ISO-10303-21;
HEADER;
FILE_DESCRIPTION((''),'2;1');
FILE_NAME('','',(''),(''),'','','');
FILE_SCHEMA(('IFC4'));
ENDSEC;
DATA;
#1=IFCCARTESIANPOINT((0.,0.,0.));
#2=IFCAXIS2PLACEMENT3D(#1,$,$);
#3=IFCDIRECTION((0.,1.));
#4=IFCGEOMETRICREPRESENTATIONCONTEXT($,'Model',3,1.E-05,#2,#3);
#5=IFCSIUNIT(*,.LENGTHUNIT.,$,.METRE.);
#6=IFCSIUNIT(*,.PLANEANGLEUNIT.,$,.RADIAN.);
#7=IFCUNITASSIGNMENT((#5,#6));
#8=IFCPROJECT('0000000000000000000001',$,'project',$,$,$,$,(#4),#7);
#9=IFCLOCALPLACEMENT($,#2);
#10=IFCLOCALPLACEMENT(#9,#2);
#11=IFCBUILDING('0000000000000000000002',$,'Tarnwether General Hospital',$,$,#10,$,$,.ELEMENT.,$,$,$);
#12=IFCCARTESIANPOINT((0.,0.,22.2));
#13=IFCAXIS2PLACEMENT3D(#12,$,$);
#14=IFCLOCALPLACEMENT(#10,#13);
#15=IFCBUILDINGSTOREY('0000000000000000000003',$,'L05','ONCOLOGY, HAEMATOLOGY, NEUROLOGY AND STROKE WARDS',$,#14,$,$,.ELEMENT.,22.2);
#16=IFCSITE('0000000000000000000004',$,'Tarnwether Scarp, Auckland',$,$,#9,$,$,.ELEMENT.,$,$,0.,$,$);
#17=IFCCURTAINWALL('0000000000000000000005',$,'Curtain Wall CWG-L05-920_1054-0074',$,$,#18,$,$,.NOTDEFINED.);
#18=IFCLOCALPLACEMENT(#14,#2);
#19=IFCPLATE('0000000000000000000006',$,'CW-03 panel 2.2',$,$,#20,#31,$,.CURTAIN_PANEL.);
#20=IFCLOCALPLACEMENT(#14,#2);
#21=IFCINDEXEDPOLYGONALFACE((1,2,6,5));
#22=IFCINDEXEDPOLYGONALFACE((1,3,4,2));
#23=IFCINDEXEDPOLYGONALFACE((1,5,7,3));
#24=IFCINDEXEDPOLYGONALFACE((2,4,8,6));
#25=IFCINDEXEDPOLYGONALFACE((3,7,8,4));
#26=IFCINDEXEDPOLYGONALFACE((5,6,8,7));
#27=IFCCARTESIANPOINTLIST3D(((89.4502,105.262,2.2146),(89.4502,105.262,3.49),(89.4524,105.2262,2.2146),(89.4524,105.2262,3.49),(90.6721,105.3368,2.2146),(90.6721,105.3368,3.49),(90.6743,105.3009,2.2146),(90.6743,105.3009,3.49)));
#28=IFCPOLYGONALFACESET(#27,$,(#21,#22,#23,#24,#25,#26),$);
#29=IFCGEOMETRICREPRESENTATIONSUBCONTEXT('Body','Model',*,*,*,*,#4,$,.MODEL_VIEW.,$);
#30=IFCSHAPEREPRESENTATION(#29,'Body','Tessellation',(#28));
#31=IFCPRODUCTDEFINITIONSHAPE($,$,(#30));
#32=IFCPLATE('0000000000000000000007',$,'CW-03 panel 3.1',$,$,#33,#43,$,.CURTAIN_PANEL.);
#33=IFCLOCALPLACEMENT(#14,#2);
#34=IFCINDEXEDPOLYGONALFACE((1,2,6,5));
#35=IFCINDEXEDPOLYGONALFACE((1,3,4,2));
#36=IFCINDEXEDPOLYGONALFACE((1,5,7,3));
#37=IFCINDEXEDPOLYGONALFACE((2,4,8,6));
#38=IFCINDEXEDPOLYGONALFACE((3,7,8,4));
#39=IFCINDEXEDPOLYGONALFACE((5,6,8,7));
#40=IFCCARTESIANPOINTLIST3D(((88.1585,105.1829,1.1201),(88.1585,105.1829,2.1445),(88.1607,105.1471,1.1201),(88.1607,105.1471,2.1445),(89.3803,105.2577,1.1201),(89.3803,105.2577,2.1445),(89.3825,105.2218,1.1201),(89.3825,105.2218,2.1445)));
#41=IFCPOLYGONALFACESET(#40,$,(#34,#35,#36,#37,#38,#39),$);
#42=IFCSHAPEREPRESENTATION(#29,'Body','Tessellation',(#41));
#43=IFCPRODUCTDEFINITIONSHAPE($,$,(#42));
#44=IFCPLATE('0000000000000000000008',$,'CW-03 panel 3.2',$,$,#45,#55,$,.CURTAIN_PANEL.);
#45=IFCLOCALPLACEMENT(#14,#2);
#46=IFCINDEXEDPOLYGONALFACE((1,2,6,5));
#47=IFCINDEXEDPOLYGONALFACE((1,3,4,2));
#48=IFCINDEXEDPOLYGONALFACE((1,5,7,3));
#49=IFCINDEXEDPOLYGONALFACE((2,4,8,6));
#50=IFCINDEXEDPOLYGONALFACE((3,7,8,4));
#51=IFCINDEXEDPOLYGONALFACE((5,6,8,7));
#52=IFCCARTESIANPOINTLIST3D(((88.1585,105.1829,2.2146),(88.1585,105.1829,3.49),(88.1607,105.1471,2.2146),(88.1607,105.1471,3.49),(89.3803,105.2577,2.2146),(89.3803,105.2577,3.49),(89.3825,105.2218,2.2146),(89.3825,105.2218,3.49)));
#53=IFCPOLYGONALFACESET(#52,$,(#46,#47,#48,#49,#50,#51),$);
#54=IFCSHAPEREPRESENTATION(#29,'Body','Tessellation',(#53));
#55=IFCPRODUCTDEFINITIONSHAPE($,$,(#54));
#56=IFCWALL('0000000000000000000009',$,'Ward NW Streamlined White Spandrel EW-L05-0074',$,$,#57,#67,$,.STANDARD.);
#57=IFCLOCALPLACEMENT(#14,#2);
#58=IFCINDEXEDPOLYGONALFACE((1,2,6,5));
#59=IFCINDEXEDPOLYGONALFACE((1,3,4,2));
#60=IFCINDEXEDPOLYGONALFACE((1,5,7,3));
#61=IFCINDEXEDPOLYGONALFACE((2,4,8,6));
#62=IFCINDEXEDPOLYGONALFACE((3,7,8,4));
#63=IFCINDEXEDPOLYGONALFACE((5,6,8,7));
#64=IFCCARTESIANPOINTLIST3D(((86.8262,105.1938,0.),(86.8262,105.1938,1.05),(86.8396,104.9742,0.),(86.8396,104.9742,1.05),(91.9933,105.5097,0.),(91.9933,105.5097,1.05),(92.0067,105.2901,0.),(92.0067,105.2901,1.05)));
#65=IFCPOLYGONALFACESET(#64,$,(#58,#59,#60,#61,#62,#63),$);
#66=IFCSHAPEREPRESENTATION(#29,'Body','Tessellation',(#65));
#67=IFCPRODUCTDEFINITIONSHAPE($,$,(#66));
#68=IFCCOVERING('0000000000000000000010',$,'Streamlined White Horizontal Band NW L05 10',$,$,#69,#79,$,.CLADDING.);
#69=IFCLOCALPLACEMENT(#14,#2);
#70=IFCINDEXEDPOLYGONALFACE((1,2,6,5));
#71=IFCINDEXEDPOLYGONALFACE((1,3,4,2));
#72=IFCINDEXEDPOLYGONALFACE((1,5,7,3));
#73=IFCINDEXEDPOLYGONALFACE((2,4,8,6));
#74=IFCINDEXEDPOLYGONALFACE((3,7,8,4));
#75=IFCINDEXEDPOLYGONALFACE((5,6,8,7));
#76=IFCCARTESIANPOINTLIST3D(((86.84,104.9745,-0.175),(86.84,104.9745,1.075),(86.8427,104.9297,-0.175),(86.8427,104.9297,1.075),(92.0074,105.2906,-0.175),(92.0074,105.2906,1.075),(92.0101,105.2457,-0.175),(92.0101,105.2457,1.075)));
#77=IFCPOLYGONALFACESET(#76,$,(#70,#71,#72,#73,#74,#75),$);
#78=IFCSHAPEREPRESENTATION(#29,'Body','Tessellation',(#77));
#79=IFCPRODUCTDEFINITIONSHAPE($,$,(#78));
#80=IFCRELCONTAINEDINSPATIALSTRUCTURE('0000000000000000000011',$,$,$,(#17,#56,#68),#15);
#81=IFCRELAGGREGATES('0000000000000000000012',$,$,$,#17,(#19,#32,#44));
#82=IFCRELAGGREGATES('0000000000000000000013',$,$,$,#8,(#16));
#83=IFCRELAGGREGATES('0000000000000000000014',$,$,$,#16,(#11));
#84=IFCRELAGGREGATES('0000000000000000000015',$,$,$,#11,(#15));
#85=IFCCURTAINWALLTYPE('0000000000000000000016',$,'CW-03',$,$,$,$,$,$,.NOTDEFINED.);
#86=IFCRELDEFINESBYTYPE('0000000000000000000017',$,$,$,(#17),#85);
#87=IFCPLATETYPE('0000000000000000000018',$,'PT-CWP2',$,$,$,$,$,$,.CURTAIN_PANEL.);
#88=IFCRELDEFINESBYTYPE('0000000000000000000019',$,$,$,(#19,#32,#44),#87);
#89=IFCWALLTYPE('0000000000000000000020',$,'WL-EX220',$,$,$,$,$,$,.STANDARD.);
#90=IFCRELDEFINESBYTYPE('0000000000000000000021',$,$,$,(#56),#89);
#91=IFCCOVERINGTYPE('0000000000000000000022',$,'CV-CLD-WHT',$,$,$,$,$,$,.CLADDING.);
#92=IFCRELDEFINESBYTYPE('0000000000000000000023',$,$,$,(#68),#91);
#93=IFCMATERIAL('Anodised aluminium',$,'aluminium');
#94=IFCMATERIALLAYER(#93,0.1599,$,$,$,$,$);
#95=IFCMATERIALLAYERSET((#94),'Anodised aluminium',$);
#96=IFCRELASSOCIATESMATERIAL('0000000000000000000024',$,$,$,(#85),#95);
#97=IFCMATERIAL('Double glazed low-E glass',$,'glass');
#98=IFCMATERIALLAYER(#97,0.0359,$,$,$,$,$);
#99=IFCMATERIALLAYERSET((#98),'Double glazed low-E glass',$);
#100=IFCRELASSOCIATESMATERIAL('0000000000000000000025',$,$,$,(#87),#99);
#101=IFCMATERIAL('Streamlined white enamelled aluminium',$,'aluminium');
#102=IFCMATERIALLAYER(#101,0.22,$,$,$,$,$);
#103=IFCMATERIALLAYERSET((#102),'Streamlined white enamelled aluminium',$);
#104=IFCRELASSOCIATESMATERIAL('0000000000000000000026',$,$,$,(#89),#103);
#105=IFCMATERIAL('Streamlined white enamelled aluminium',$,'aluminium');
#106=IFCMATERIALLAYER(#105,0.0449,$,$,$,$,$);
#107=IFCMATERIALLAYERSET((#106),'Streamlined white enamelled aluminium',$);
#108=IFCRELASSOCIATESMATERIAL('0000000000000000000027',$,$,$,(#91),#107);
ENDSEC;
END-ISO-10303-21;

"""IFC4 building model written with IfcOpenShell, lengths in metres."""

from ifc_helpers import new_model, si_unit, direction, frame, frame_2d, origin, origin_2d, place, context, subcontext, project, spatial, rectangle, extrude, material, layer, layer_set, type_object, element, aggregate, save


model = new_model("IFC4")

# Units and contexts
model_context = context("Model", 3, precision=1e-05, world=origin(), true_north=direction((0.0, 1.0)))
body_context = subcontext(model_context, "Body", "Model", "MODEL_VIEW")
ifc_project = project(units=[si_unit("LENGTHUNIT", "METRE"), si_unit("PLANEANGLEUNIT", "RADIAN")], contexts=[model_context])

# Site, building, storey
site_placement = place(None, origin())
site = spatial("IfcSite", under=ifc_project, at=site_placement, Name="Tarnwether Scarp, Auckland", CompositionType="ELEMENT", RefElevation=0.0)
building_placement = place(site_placement, origin())
building = spatial("IfcBuilding", under=site, at=building_placement, Name="Tarnwether General Hospital", CompositionType="ELEMENT")
storey_placement = place(building_placement, frame((0.0, 0.0, 22.2)))
storey = spatial("IfcBuildingStorey", under=building, at=storey_placement, Name="L05", Description="ONCOLOGY, HAEMATOLOGY, NEUROLOGY AND STROKE WARDS", CompositionType="ELEMENT", Elevation=22.2)

# Curtain wall
ifc_material_1 = material(Name="Anodised aluminium", Category="aluminium")
ifc_layer_1 = layer(ifc_material_1, 0.1599)
ifc_layer_set_1 = layer_set([ifc_layer_1], Name="Anodised aluminium")
curtain_wall_type = type_object("IfcCurtainWallType", Name="CW-03", PredefinedType="NOTDEFINED", material=ifc_layer_set_1)
curtain_wall_1_placement = place(storey_placement, origin())
curtain_wall_1 = element("IfcCurtainWall", 1, at=curtain_wall_1_placement, inside=storey, type_object=curtain_wall_type, Name="Curtain Wall CWG-L05-920_1054-0074", PredefinedType="NOTDEFINED")

# Plates
ifc_material_2 = material(Name="Double glazed low-E glass", Category="glass")
ifc_layer_2 = layer(ifc_material_2, 0.0359)
ifc_layer_set_2 = layer_set([ifc_layer_2], Name="Double glazed low-E glass")
plate_type_1 = type_object("IfcPlateType", Name="PT-CWP2", PredefinedType="CURTAIN_PANEL", material=ifc_layer_set_2)
plate_1_placement = place(storey_placement, frame((90.0623, 105.2815, 2.2146), z_axis=(0.0, 0.0, 1.0), x_axis=(-0.998135, -0.061043, 0.0)))
plate_1 = element("IfcPlate", 2, at=plate_1_placement, type_object=plate_type_1, Name="CW-03 panel 2.2", PredefinedType="CURTAIN_PANEL", context=body_context, shape_type="SweptSolid", body=[
    extrude(rectangle(XDim=1.2241, YDim=0.0359, at=origin_2d()), origin(), (0.0, 0.0, 1.0), 1.2754),
])
plate_2_placement = place(storey_placement, frame((88.7705, 105.2024, 1.1201), z_axis=(0.0, 0.0, 1.0), x_axis=(-0.998135, -0.061043, 0.0)))
plate_2 = element("IfcPlate", 3, at=plate_2_placement, type_object=plate_type_1, Name="CW-03 panel 3.1", PredefinedType="CURTAIN_PANEL", context=body_context, shape_type="SweptSolid", body=[
    extrude(rectangle(XDim=1.2241, YDim=0.0359, at=origin_2d()), origin(), (0.0, 0.0, 1.0), 1.0244),
])
plate_3_placement = place(storey_placement, frame((88.7705, 105.2024, 2.2146), z_axis=(0.0, 0.0, 1.0), x_axis=(-0.998135, -0.061043, 0.0)))
plate_3 = element("IfcPlate", 4, at=plate_3_placement, type_object=plate_type_1, Name="CW-03 panel 3.2", PredefinedType="CURTAIN_PANEL", context=body_context, shape_type="SweptSolid", body=[
    extrude(rectangle(XDim=1.2241, YDim=0.0359, at=origin_2d()), origin(), (0.0, 0.0, 1.0), 1.2754),
])
aggregate(curtain_wall_1, [plate_1, plate_2, plate_3])

# Wall
ifc_material_3 = material(Name="Streamlined white enamelled aluminium", Category="aluminium")
ifc_layer_3 = layer(ifc_material_3, 0.22)
ifc_layer_set_3 = layer_set([ifc_layer_3], Name="Streamlined white enamelled aluminium")
wall_type = type_object("IfcWallType", Name="WL-EX220", PredefinedType="STANDARD", material=ifc_layer_set_3)
wall_placement = place(storey_placement, frame((92.0, 105.3999, 0.0), z_axis=(0.0, 0.0, 1.0), x_axis=(-0.998136, -0.061028, 0.0)))
element("IfcWall", 5, at=wall_placement, inside=storey, type_object=wall_type, Name="Ward NW Streamlined White Spandrel EW-L05-0074", PredefinedType="STANDARD", context=body_context, shape_type="SweptSolid", body=[
    extrude(rectangle(XDim=5.1768, YDim=0.22, at=frame_2d((2.5884, 0.0))), origin(), (0.0, 0.0, 1.0), 1.05),
])

# Covering
ifc_material_4 = material(Name="Streamlined white enamelled aluminium", Category="aluminium")
ifc_layer_4 = layer(ifc_material_4, 0.0449)
ifc_layer_set_4 = layer_set([ifc_layer_4], Name="Streamlined white enamelled aluminium")
covering_type = type_object("IfcCoveringType", Name="CV-CLD-WHT", PredefinedType="CLADDING", material=ifc_layer_set_4)
covering_placement = place(storey_placement, frame((89.425, 105.1101, -0.175), z_axis=(0.0, 0.0, 1.0), x_axis=(-0.998135, -0.061049, 0.0)))
element("IfcCovering", 6, at=covering_placement, inside=storey, type_object=covering_type, Name="Streamlined White Horizontal Band NW L05 10", PredefinedType="CLADDING", context=body_context, shape_type="SweptSolid", body=[
    extrude(rectangle(XDim=5.177, YDim=0.0449, at=origin_2d()), origin(), (0.0, 0.0, 1.0), 1.25),
])

save(model, "model.ifc")
